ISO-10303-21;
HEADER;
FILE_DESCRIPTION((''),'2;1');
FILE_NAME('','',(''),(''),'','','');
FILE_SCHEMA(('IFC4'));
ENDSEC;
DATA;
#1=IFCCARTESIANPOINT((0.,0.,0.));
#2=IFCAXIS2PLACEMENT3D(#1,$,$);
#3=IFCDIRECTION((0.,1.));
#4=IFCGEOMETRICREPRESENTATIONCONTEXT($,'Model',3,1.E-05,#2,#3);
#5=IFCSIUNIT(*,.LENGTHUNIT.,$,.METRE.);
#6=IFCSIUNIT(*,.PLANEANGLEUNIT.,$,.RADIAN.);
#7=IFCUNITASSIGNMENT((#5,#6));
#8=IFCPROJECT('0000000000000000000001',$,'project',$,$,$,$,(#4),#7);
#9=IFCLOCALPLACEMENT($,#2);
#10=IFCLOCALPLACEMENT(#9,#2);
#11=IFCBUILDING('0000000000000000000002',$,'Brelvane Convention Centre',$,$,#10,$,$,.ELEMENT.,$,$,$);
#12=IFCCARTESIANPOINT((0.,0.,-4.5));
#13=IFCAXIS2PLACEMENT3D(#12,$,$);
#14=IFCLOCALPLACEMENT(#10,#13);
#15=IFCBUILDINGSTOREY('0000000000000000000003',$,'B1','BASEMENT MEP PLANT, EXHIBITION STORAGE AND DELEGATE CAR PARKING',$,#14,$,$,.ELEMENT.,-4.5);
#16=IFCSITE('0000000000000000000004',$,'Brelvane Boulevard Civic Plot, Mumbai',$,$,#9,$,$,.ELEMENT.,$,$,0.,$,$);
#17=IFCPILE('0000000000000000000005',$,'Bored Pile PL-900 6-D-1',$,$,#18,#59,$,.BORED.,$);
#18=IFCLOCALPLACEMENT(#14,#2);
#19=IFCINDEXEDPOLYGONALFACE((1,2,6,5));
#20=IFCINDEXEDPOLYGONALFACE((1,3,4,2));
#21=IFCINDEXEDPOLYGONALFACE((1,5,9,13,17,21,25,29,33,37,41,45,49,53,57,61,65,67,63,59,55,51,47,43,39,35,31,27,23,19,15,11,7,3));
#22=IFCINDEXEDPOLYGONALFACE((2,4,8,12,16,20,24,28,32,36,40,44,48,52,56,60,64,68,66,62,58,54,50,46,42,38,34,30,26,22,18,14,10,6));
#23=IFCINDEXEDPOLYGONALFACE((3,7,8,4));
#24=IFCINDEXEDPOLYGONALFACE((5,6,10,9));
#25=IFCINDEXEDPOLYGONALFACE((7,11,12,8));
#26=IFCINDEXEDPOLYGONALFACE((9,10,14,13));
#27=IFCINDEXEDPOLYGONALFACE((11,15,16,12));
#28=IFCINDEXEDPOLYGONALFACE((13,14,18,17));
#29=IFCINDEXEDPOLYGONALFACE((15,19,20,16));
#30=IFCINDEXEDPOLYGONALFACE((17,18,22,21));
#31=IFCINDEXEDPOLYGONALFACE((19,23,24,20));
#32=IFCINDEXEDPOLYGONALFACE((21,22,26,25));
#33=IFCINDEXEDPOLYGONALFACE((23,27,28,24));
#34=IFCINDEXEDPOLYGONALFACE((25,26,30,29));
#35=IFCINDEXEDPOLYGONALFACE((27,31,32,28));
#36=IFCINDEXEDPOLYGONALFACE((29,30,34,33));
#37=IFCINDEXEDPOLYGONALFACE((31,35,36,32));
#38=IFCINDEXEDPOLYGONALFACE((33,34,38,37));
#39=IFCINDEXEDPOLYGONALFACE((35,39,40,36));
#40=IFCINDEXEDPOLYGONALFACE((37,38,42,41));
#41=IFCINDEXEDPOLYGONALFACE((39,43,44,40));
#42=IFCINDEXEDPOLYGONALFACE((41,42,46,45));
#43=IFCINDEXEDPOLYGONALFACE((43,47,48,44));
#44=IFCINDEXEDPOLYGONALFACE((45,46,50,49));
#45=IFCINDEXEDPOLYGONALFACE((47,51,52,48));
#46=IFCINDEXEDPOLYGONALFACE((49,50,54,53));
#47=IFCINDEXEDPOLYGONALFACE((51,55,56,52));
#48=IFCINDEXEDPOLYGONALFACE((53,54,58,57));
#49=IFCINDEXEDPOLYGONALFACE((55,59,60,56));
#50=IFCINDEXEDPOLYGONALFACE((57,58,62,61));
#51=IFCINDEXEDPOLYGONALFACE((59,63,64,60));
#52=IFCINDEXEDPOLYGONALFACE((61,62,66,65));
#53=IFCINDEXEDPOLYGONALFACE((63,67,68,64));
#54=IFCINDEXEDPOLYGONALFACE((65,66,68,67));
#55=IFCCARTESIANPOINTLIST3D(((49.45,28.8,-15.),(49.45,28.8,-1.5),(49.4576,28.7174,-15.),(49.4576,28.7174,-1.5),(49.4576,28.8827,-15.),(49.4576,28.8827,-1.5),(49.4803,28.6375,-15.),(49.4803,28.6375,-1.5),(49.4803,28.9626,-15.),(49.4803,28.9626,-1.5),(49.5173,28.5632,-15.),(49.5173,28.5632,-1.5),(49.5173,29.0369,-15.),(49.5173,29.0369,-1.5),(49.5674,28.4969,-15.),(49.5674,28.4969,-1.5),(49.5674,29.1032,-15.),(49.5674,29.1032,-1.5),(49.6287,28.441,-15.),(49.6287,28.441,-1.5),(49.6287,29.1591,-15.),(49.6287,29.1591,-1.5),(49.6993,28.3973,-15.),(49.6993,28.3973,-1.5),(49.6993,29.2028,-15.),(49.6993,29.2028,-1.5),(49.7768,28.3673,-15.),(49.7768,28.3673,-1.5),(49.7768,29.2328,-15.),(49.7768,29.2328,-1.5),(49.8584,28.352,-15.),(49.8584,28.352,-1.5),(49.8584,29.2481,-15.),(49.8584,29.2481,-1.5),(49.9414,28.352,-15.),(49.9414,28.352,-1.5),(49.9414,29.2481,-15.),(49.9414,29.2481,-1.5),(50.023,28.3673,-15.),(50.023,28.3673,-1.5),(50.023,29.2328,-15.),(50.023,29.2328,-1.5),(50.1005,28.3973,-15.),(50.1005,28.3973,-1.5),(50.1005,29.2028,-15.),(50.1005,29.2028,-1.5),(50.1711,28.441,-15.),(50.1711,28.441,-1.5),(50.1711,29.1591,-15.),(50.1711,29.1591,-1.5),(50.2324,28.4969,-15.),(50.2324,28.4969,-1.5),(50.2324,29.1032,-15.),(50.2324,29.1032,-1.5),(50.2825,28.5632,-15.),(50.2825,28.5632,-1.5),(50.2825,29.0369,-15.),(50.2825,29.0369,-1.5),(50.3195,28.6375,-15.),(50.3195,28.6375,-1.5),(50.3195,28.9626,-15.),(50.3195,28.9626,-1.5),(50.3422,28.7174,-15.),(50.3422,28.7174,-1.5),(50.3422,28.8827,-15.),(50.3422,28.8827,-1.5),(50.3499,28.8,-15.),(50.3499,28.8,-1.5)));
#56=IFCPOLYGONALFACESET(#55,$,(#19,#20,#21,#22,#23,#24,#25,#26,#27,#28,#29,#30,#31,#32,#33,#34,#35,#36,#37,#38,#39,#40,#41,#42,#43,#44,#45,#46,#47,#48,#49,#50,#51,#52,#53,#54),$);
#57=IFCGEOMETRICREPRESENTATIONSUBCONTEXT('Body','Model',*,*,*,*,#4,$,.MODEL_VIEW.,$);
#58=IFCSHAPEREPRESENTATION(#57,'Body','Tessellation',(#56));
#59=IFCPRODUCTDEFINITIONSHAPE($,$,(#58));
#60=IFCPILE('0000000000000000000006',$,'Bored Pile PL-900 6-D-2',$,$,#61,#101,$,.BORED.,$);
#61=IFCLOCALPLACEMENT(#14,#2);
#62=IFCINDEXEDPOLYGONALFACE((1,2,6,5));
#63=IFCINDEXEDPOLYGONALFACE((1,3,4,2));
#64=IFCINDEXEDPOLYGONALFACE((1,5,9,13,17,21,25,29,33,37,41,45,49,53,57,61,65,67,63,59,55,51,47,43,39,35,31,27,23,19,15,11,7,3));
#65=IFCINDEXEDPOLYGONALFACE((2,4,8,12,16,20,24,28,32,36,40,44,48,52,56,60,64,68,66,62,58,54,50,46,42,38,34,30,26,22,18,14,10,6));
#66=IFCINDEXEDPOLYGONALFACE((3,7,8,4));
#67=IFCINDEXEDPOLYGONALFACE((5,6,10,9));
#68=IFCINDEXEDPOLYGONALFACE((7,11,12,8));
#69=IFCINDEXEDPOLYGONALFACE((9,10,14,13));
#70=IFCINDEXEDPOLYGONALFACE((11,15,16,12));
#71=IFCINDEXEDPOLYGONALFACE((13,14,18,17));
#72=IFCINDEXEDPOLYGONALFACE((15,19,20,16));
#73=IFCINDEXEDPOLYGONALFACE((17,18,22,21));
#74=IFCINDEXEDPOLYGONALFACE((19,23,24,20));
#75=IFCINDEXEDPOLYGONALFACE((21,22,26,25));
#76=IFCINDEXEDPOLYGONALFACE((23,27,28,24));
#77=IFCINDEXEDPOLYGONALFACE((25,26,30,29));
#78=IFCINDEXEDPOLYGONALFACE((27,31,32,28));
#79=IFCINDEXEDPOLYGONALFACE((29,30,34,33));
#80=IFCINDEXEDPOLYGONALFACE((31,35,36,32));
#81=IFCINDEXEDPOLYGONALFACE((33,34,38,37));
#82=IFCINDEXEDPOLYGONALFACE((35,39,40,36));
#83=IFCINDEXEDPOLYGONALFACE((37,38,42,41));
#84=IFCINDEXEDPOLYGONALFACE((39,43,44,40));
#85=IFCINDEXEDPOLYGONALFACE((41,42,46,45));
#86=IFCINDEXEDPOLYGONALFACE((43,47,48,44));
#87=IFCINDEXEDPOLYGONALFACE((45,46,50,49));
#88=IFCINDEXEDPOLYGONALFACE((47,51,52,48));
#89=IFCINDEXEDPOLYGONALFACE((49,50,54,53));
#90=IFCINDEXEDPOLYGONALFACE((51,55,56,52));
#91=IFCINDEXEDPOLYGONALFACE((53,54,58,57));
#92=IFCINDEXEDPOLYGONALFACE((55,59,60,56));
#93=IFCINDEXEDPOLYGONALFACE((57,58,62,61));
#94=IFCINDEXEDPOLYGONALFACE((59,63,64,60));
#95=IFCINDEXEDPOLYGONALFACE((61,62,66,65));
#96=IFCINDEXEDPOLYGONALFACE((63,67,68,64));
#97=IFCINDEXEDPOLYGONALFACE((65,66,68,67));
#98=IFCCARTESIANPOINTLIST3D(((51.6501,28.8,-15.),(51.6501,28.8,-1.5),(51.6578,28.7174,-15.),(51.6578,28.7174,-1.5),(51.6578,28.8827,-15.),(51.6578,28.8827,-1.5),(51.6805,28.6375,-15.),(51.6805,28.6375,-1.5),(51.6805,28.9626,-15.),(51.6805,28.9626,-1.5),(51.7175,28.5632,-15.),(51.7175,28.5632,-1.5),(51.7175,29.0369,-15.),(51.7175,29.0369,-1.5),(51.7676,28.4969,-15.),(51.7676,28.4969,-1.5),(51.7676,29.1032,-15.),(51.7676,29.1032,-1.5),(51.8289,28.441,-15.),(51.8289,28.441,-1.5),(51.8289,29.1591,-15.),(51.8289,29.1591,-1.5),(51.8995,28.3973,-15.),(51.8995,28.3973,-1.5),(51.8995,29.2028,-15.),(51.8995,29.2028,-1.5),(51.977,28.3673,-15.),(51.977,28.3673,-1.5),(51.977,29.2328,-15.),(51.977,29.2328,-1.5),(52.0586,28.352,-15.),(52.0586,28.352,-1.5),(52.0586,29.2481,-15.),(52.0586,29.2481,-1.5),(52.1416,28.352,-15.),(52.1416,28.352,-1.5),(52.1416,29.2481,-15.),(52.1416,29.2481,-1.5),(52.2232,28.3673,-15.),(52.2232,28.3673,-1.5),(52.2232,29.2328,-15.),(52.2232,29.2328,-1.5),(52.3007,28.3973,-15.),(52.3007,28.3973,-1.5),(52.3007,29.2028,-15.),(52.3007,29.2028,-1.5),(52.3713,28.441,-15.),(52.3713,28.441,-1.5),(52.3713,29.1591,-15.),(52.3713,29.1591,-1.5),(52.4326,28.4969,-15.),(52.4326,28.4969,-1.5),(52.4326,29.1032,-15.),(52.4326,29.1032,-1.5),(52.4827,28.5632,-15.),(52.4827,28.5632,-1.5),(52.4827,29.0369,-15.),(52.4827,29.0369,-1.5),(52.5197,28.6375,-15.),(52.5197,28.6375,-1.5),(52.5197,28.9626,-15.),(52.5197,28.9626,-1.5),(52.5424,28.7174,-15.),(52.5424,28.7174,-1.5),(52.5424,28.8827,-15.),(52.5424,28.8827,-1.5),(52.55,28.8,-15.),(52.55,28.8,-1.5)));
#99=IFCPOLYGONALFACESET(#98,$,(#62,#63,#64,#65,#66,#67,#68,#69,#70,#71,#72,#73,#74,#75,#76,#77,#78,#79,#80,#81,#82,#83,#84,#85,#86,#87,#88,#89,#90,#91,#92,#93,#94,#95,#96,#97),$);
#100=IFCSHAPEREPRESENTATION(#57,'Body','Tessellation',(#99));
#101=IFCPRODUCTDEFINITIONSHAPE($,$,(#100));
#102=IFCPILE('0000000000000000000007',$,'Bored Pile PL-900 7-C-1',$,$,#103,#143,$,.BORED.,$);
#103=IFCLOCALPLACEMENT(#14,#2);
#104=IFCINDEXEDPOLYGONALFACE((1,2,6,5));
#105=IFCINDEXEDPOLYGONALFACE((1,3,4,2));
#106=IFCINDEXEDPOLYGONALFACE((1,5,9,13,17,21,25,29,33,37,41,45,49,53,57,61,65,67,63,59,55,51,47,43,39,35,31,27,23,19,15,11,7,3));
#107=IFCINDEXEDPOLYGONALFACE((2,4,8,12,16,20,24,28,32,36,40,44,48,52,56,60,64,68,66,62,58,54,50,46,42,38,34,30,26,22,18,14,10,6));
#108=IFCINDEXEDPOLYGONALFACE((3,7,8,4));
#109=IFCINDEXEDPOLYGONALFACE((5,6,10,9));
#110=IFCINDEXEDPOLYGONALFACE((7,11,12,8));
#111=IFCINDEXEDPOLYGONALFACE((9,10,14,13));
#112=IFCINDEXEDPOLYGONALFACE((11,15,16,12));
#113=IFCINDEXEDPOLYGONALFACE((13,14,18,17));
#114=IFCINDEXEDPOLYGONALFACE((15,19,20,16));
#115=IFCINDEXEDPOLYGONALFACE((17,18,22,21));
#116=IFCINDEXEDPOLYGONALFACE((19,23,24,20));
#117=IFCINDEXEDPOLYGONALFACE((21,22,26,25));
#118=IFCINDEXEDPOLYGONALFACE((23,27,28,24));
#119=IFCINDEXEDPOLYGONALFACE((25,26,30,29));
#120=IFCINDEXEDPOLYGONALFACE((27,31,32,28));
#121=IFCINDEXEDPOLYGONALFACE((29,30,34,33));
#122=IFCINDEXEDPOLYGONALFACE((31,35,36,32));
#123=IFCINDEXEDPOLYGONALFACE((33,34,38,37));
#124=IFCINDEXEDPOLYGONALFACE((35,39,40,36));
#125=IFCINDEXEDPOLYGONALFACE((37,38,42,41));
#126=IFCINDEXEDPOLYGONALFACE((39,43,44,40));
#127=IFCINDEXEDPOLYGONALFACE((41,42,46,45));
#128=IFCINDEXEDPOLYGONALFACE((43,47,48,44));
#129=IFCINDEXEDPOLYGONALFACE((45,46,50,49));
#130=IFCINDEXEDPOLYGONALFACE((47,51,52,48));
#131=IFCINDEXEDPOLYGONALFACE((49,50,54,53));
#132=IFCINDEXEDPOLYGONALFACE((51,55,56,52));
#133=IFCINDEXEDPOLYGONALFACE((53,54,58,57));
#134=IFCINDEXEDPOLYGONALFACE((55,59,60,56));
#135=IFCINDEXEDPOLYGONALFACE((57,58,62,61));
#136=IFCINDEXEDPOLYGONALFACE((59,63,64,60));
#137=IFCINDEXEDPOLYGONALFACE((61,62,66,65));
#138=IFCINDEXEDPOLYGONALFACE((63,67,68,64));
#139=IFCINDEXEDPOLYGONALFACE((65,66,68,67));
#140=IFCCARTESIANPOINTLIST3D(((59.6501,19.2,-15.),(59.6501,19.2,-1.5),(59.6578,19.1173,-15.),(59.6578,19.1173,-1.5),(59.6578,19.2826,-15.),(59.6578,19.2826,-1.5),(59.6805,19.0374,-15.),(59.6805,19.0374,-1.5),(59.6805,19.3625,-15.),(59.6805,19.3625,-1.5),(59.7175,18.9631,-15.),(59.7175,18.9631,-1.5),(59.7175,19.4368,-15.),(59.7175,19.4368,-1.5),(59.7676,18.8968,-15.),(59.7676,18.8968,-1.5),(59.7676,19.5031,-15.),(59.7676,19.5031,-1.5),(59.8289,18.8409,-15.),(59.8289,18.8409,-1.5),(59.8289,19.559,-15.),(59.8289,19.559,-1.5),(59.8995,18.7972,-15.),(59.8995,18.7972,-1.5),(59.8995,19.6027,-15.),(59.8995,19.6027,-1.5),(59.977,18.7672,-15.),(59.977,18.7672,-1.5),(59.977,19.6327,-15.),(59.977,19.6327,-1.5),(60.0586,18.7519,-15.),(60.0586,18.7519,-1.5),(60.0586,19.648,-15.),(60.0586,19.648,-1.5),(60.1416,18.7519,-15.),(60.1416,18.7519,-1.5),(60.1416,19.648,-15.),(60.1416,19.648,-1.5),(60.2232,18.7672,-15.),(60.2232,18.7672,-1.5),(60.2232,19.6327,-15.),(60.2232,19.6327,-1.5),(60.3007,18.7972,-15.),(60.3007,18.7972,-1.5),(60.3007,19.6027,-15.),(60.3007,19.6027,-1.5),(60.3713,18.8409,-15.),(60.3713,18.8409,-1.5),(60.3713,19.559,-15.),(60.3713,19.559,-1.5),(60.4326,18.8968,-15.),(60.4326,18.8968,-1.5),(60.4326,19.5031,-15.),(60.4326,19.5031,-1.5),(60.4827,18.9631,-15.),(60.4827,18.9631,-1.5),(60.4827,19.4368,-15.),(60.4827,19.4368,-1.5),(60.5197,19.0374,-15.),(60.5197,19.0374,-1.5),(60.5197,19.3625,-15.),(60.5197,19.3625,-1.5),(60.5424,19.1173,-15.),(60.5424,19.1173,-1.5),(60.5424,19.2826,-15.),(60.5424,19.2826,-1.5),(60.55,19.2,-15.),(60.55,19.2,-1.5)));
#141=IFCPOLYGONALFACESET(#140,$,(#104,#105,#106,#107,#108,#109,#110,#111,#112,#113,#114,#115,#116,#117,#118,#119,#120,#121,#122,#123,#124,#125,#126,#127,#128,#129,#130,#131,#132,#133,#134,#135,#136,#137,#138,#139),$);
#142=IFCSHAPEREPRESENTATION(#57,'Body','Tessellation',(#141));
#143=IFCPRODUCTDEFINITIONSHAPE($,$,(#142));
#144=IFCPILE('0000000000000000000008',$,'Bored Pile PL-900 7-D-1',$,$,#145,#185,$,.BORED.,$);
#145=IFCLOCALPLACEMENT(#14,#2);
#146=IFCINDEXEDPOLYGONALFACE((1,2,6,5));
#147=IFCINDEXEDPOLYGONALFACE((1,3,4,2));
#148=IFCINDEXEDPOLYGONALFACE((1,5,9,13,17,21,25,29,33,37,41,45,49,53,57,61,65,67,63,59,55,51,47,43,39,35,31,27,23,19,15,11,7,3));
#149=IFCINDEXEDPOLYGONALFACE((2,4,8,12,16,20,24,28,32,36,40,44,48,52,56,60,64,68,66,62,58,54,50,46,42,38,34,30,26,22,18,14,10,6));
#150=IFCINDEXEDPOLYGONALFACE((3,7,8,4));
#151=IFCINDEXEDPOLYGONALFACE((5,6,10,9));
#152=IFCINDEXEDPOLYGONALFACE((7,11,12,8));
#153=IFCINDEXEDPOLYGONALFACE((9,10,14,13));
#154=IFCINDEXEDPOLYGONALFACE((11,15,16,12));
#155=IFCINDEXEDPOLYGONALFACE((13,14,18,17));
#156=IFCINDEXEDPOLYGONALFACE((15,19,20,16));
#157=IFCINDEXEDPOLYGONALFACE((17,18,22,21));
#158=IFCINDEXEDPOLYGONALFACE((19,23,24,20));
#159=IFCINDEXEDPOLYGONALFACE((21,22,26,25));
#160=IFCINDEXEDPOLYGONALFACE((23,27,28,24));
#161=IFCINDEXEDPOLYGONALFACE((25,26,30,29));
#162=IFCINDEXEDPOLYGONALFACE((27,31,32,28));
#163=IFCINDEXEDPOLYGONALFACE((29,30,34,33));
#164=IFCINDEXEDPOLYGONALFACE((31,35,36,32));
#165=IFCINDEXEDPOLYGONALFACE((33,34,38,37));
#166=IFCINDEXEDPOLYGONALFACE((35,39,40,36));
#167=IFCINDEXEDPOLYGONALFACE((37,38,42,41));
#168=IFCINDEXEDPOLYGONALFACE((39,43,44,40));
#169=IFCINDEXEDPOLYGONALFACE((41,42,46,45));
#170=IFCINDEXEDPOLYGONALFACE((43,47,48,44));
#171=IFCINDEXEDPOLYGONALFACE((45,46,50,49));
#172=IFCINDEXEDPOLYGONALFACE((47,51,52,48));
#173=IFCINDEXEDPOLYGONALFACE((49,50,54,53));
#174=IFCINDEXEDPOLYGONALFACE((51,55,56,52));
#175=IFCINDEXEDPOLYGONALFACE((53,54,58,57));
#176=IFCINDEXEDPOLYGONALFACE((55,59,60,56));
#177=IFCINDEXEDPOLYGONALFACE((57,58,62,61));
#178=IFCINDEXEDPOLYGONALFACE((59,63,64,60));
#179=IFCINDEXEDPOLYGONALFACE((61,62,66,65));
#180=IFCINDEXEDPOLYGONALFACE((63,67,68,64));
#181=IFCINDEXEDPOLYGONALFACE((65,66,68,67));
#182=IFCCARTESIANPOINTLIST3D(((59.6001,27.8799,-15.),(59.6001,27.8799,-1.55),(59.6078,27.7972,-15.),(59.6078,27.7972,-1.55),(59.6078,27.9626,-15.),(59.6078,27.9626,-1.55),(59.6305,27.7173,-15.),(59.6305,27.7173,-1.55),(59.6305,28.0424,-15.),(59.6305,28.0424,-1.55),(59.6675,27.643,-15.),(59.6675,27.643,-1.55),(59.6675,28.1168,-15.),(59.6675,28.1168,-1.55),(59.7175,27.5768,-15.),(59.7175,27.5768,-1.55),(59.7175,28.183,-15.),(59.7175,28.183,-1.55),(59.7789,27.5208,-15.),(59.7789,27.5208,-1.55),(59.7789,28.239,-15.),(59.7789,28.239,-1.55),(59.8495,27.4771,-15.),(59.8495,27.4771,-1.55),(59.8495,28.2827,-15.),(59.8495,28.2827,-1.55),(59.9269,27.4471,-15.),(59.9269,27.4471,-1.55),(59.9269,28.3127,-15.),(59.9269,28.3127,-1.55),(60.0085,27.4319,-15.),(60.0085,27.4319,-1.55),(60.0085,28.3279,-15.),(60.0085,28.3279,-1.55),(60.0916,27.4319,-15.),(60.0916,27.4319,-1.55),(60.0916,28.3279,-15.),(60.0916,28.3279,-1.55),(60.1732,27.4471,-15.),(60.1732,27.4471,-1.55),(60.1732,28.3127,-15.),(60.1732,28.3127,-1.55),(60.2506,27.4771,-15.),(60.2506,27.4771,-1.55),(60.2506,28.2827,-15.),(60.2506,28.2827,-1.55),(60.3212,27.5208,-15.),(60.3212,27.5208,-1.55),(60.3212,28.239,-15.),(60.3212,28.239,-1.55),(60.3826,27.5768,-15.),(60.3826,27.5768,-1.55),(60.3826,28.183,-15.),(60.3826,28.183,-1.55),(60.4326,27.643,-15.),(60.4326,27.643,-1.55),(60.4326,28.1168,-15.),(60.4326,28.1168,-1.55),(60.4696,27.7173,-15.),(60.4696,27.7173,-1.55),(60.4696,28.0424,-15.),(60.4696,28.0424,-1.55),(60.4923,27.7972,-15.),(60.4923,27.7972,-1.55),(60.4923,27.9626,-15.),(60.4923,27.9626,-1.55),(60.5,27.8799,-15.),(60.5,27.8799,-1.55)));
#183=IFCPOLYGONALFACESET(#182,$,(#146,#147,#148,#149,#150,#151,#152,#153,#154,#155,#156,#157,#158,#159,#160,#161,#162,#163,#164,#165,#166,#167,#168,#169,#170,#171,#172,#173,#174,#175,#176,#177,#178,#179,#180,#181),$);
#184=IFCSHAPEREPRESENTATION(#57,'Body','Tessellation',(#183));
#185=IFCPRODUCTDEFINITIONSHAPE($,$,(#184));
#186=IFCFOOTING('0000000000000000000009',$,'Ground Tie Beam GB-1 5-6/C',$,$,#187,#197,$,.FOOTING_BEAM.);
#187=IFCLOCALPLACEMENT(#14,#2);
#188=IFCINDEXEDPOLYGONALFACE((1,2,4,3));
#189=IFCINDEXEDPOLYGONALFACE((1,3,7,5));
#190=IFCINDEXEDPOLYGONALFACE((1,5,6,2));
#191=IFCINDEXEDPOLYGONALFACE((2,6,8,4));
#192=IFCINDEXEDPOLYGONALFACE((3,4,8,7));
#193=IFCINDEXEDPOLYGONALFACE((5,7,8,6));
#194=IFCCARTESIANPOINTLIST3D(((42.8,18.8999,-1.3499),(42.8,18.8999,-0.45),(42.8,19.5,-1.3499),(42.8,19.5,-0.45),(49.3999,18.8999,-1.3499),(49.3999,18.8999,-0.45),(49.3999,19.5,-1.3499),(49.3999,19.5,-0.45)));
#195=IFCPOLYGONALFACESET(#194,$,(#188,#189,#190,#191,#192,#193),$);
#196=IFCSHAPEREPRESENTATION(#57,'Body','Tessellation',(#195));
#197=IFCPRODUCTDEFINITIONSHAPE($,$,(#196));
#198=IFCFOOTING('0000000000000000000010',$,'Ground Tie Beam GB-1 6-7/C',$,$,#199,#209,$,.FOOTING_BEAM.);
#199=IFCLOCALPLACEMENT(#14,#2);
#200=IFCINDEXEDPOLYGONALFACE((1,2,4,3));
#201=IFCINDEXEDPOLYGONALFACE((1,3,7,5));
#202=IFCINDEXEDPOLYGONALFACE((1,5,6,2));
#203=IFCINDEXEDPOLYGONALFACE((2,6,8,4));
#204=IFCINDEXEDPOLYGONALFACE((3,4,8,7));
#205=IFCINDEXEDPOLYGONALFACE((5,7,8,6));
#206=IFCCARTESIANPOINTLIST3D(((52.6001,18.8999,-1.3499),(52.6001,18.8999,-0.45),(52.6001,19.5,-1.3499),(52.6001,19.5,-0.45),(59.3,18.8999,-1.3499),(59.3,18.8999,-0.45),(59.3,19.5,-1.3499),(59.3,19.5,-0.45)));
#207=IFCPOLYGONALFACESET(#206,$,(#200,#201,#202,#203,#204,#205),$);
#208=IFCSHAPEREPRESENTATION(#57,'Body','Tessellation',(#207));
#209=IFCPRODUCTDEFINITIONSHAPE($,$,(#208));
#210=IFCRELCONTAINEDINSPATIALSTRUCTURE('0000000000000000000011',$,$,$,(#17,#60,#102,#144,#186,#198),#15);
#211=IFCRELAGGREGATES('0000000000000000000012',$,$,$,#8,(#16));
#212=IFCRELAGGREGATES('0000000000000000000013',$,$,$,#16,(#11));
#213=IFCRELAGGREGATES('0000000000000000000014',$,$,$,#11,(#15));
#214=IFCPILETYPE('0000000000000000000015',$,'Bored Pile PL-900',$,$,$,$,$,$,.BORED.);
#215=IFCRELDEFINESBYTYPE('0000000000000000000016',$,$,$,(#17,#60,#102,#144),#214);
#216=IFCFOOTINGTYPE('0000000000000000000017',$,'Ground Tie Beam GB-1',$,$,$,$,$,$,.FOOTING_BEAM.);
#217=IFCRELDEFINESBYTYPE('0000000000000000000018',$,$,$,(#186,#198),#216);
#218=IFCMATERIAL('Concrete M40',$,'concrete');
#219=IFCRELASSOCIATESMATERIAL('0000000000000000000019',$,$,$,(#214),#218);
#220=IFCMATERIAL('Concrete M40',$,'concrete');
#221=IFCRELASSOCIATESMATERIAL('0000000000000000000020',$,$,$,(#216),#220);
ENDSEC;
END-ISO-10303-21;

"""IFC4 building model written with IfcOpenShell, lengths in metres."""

from ifc_helpers import new_model, si_unit, direction, frame, origin, origin_2d, place, context, subcontext, project, spatial, rectangle, circle, extrude, material, material_profile, profile_set, type_object, element, save


model = new_model("IFC4")

# Units and contexts
model_context = context("Model", 3, precision=1e-05, world=origin(), true_north=direction((0.0, 1.0)))
body_context = subcontext(model_context, "Body", "Model", "MODEL_VIEW")
ifc_project = project(units=[si_unit("LENGTHUNIT", "METRE"), si_unit("PLANEANGLEUNIT", "RADIAN")], contexts=[model_context])

# Site, building, storey
site_placement = place(None, origin())
site = spatial("IfcSite", under=ifc_project, at=site_placement, Name="Brelvane Boulevard Civic Plot, Mumbai", CompositionType="ELEMENT", RefElevation=0.0)
building_placement = place(site_placement, origin())
building = spatial("IfcBuilding", under=site, at=building_placement, Name="Brelvane Convention Centre", CompositionType="ELEMENT")
storey_placement = place(building_placement, frame((0.0, 0.0, -4.5)))
storey = spatial("IfcBuildingStorey", under=building, at=storey_placement, Name="B1", Description="BASEMENT MEP PLANT, EXHIBITION STORAGE AND DELEGATE CAR PARKING", CompositionType="ELEMENT", Elevation=-4.5)

# Piles
ifc_material_1 = material(Name="Concrete M40", Category="concrete")
ifc_material_profile_1 = material_profile(ifc_material_1, circle(Radius=0.45, at=origin_2d()), Name="PILE D900")
ifc_profile_set_1 = profile_set([ifc_material_profile_1], Name="Concrete M40")
pile_type = type_object("IfcPileType", Name="Bored Pile PL-900", PredefinedType="BORED", material=ifc_profile_set_1)
for number, where, z_axis, x_axis, name in (
    (1, (49.8999, 28.8, -1.5), (0.0, 0.0, -1.0), (1.0, 0.0, 0.0), "Bored Pile PL-900 6-D-1"),
    (2, (52.1001, 28.8, -1.5), (0.0, 0.0, -1.0), (1.0, 0.0, 0.0), "Bored Pile PL-900 6-D-2"),
    (3, (60.1001, 19.2, -1.5), (0.0, 0.0, -1.0), (1.0, 0.0, 0.0), "Bored Pile PL-900 7-C-1"),
):
    element("IfcPile", number, at=place(storey_placement, frame(where, z_axis=z_axis, x_axis=x_axis)), inside=storey, type_object=pile_type, Name=name, PredefinedType="BORED", context=body_context, shape_type="SweptSolid", body=[
        extrude(circle(Radius=0.45, at=origin_2d()), origin(), (0.0, 0.0, 1.0), 13.5),
    ])
pile_placement = place(storey_placement, frame((60.05, 27.8799, -1.55), z_axis=(0.0, 0.0, -1.0), x_axis=(1.0, 0.0, 0.0)))
element("IfcPile", 4, at=pile_placement, inside=storey, type_object=pile_type, Name="Bored Pile PL-900 7-D-1", PredefinedType="BORED", context=body_context, shape_type="SweptSolid", body=[
    extrude(circle(Radius=0.45, at=origin_2d()), origin(), (0.0, 0.0, 1.0), 13.45),
])

# Footings
ifc_material_2 = material(Name="Concrete M40", Category="concrete")
ifc_material_profile_2 = material_profile(ifc_material_2, rectangle(XDim=0.6001, YDim=0.8999, at=origin_2d()), Name="RC 600x900")
ifc_profile_set_2 = profile_set([ifc_material_profile_2], Name="Concrete M40")
footing_type_1 = type_object("IfcFootingType", Name="Ground Tie Beam GB-1", PredefinedType="FOOTING_BEAM", material=ifc_profile_set_2)
footing_1_placement = place(storey_placement, frame((42.8, 19.2, -0.8999), z_axis=(1.0, 0.0, 0.0), x_axis=(0.0, 1.0, 0.0)))
element("IfcFooting", 5, at=footing_1_placement, inside=storey, type_object=footing_type_1, Name="Ground Tie Beam GB-1 5-6/C", PredefinedType="FOOTING_BEAM", context=body_context, shape_type="SweptSolid", body=[
    extrude(rectangle(XDim=0.6001, YDim=0.8999, at=origin_2d()), origin(), (0.0, 0.0, 1.0), 6.5999),
])
for number, where, z_axis, x_axis, name in (
    (6, (52.6001, 19.2, -0.8999), (1.0, 0.0, 0.0), (0.0, 1.0, 0.0), "Ground Tie Beam GB-1 6-7/C"),
):
    element("IfcFooting", number, at=place(storey_placement, frame(where, z_axis=z_axis, x_axis=x_axis)), inside=storey, type_object=footing_type_1, Name=name, PredefinedType="FOOTING_BEAM", context=body_context, shape_type="SweptSolid", body=[
        extrude(rectangle(XDim=0.6001, YDim=0.8999, at=origin_2d()), origin(), (0.0, 0.0, 1.0), 6.7),
    ])

save(model, "model.ifc")
